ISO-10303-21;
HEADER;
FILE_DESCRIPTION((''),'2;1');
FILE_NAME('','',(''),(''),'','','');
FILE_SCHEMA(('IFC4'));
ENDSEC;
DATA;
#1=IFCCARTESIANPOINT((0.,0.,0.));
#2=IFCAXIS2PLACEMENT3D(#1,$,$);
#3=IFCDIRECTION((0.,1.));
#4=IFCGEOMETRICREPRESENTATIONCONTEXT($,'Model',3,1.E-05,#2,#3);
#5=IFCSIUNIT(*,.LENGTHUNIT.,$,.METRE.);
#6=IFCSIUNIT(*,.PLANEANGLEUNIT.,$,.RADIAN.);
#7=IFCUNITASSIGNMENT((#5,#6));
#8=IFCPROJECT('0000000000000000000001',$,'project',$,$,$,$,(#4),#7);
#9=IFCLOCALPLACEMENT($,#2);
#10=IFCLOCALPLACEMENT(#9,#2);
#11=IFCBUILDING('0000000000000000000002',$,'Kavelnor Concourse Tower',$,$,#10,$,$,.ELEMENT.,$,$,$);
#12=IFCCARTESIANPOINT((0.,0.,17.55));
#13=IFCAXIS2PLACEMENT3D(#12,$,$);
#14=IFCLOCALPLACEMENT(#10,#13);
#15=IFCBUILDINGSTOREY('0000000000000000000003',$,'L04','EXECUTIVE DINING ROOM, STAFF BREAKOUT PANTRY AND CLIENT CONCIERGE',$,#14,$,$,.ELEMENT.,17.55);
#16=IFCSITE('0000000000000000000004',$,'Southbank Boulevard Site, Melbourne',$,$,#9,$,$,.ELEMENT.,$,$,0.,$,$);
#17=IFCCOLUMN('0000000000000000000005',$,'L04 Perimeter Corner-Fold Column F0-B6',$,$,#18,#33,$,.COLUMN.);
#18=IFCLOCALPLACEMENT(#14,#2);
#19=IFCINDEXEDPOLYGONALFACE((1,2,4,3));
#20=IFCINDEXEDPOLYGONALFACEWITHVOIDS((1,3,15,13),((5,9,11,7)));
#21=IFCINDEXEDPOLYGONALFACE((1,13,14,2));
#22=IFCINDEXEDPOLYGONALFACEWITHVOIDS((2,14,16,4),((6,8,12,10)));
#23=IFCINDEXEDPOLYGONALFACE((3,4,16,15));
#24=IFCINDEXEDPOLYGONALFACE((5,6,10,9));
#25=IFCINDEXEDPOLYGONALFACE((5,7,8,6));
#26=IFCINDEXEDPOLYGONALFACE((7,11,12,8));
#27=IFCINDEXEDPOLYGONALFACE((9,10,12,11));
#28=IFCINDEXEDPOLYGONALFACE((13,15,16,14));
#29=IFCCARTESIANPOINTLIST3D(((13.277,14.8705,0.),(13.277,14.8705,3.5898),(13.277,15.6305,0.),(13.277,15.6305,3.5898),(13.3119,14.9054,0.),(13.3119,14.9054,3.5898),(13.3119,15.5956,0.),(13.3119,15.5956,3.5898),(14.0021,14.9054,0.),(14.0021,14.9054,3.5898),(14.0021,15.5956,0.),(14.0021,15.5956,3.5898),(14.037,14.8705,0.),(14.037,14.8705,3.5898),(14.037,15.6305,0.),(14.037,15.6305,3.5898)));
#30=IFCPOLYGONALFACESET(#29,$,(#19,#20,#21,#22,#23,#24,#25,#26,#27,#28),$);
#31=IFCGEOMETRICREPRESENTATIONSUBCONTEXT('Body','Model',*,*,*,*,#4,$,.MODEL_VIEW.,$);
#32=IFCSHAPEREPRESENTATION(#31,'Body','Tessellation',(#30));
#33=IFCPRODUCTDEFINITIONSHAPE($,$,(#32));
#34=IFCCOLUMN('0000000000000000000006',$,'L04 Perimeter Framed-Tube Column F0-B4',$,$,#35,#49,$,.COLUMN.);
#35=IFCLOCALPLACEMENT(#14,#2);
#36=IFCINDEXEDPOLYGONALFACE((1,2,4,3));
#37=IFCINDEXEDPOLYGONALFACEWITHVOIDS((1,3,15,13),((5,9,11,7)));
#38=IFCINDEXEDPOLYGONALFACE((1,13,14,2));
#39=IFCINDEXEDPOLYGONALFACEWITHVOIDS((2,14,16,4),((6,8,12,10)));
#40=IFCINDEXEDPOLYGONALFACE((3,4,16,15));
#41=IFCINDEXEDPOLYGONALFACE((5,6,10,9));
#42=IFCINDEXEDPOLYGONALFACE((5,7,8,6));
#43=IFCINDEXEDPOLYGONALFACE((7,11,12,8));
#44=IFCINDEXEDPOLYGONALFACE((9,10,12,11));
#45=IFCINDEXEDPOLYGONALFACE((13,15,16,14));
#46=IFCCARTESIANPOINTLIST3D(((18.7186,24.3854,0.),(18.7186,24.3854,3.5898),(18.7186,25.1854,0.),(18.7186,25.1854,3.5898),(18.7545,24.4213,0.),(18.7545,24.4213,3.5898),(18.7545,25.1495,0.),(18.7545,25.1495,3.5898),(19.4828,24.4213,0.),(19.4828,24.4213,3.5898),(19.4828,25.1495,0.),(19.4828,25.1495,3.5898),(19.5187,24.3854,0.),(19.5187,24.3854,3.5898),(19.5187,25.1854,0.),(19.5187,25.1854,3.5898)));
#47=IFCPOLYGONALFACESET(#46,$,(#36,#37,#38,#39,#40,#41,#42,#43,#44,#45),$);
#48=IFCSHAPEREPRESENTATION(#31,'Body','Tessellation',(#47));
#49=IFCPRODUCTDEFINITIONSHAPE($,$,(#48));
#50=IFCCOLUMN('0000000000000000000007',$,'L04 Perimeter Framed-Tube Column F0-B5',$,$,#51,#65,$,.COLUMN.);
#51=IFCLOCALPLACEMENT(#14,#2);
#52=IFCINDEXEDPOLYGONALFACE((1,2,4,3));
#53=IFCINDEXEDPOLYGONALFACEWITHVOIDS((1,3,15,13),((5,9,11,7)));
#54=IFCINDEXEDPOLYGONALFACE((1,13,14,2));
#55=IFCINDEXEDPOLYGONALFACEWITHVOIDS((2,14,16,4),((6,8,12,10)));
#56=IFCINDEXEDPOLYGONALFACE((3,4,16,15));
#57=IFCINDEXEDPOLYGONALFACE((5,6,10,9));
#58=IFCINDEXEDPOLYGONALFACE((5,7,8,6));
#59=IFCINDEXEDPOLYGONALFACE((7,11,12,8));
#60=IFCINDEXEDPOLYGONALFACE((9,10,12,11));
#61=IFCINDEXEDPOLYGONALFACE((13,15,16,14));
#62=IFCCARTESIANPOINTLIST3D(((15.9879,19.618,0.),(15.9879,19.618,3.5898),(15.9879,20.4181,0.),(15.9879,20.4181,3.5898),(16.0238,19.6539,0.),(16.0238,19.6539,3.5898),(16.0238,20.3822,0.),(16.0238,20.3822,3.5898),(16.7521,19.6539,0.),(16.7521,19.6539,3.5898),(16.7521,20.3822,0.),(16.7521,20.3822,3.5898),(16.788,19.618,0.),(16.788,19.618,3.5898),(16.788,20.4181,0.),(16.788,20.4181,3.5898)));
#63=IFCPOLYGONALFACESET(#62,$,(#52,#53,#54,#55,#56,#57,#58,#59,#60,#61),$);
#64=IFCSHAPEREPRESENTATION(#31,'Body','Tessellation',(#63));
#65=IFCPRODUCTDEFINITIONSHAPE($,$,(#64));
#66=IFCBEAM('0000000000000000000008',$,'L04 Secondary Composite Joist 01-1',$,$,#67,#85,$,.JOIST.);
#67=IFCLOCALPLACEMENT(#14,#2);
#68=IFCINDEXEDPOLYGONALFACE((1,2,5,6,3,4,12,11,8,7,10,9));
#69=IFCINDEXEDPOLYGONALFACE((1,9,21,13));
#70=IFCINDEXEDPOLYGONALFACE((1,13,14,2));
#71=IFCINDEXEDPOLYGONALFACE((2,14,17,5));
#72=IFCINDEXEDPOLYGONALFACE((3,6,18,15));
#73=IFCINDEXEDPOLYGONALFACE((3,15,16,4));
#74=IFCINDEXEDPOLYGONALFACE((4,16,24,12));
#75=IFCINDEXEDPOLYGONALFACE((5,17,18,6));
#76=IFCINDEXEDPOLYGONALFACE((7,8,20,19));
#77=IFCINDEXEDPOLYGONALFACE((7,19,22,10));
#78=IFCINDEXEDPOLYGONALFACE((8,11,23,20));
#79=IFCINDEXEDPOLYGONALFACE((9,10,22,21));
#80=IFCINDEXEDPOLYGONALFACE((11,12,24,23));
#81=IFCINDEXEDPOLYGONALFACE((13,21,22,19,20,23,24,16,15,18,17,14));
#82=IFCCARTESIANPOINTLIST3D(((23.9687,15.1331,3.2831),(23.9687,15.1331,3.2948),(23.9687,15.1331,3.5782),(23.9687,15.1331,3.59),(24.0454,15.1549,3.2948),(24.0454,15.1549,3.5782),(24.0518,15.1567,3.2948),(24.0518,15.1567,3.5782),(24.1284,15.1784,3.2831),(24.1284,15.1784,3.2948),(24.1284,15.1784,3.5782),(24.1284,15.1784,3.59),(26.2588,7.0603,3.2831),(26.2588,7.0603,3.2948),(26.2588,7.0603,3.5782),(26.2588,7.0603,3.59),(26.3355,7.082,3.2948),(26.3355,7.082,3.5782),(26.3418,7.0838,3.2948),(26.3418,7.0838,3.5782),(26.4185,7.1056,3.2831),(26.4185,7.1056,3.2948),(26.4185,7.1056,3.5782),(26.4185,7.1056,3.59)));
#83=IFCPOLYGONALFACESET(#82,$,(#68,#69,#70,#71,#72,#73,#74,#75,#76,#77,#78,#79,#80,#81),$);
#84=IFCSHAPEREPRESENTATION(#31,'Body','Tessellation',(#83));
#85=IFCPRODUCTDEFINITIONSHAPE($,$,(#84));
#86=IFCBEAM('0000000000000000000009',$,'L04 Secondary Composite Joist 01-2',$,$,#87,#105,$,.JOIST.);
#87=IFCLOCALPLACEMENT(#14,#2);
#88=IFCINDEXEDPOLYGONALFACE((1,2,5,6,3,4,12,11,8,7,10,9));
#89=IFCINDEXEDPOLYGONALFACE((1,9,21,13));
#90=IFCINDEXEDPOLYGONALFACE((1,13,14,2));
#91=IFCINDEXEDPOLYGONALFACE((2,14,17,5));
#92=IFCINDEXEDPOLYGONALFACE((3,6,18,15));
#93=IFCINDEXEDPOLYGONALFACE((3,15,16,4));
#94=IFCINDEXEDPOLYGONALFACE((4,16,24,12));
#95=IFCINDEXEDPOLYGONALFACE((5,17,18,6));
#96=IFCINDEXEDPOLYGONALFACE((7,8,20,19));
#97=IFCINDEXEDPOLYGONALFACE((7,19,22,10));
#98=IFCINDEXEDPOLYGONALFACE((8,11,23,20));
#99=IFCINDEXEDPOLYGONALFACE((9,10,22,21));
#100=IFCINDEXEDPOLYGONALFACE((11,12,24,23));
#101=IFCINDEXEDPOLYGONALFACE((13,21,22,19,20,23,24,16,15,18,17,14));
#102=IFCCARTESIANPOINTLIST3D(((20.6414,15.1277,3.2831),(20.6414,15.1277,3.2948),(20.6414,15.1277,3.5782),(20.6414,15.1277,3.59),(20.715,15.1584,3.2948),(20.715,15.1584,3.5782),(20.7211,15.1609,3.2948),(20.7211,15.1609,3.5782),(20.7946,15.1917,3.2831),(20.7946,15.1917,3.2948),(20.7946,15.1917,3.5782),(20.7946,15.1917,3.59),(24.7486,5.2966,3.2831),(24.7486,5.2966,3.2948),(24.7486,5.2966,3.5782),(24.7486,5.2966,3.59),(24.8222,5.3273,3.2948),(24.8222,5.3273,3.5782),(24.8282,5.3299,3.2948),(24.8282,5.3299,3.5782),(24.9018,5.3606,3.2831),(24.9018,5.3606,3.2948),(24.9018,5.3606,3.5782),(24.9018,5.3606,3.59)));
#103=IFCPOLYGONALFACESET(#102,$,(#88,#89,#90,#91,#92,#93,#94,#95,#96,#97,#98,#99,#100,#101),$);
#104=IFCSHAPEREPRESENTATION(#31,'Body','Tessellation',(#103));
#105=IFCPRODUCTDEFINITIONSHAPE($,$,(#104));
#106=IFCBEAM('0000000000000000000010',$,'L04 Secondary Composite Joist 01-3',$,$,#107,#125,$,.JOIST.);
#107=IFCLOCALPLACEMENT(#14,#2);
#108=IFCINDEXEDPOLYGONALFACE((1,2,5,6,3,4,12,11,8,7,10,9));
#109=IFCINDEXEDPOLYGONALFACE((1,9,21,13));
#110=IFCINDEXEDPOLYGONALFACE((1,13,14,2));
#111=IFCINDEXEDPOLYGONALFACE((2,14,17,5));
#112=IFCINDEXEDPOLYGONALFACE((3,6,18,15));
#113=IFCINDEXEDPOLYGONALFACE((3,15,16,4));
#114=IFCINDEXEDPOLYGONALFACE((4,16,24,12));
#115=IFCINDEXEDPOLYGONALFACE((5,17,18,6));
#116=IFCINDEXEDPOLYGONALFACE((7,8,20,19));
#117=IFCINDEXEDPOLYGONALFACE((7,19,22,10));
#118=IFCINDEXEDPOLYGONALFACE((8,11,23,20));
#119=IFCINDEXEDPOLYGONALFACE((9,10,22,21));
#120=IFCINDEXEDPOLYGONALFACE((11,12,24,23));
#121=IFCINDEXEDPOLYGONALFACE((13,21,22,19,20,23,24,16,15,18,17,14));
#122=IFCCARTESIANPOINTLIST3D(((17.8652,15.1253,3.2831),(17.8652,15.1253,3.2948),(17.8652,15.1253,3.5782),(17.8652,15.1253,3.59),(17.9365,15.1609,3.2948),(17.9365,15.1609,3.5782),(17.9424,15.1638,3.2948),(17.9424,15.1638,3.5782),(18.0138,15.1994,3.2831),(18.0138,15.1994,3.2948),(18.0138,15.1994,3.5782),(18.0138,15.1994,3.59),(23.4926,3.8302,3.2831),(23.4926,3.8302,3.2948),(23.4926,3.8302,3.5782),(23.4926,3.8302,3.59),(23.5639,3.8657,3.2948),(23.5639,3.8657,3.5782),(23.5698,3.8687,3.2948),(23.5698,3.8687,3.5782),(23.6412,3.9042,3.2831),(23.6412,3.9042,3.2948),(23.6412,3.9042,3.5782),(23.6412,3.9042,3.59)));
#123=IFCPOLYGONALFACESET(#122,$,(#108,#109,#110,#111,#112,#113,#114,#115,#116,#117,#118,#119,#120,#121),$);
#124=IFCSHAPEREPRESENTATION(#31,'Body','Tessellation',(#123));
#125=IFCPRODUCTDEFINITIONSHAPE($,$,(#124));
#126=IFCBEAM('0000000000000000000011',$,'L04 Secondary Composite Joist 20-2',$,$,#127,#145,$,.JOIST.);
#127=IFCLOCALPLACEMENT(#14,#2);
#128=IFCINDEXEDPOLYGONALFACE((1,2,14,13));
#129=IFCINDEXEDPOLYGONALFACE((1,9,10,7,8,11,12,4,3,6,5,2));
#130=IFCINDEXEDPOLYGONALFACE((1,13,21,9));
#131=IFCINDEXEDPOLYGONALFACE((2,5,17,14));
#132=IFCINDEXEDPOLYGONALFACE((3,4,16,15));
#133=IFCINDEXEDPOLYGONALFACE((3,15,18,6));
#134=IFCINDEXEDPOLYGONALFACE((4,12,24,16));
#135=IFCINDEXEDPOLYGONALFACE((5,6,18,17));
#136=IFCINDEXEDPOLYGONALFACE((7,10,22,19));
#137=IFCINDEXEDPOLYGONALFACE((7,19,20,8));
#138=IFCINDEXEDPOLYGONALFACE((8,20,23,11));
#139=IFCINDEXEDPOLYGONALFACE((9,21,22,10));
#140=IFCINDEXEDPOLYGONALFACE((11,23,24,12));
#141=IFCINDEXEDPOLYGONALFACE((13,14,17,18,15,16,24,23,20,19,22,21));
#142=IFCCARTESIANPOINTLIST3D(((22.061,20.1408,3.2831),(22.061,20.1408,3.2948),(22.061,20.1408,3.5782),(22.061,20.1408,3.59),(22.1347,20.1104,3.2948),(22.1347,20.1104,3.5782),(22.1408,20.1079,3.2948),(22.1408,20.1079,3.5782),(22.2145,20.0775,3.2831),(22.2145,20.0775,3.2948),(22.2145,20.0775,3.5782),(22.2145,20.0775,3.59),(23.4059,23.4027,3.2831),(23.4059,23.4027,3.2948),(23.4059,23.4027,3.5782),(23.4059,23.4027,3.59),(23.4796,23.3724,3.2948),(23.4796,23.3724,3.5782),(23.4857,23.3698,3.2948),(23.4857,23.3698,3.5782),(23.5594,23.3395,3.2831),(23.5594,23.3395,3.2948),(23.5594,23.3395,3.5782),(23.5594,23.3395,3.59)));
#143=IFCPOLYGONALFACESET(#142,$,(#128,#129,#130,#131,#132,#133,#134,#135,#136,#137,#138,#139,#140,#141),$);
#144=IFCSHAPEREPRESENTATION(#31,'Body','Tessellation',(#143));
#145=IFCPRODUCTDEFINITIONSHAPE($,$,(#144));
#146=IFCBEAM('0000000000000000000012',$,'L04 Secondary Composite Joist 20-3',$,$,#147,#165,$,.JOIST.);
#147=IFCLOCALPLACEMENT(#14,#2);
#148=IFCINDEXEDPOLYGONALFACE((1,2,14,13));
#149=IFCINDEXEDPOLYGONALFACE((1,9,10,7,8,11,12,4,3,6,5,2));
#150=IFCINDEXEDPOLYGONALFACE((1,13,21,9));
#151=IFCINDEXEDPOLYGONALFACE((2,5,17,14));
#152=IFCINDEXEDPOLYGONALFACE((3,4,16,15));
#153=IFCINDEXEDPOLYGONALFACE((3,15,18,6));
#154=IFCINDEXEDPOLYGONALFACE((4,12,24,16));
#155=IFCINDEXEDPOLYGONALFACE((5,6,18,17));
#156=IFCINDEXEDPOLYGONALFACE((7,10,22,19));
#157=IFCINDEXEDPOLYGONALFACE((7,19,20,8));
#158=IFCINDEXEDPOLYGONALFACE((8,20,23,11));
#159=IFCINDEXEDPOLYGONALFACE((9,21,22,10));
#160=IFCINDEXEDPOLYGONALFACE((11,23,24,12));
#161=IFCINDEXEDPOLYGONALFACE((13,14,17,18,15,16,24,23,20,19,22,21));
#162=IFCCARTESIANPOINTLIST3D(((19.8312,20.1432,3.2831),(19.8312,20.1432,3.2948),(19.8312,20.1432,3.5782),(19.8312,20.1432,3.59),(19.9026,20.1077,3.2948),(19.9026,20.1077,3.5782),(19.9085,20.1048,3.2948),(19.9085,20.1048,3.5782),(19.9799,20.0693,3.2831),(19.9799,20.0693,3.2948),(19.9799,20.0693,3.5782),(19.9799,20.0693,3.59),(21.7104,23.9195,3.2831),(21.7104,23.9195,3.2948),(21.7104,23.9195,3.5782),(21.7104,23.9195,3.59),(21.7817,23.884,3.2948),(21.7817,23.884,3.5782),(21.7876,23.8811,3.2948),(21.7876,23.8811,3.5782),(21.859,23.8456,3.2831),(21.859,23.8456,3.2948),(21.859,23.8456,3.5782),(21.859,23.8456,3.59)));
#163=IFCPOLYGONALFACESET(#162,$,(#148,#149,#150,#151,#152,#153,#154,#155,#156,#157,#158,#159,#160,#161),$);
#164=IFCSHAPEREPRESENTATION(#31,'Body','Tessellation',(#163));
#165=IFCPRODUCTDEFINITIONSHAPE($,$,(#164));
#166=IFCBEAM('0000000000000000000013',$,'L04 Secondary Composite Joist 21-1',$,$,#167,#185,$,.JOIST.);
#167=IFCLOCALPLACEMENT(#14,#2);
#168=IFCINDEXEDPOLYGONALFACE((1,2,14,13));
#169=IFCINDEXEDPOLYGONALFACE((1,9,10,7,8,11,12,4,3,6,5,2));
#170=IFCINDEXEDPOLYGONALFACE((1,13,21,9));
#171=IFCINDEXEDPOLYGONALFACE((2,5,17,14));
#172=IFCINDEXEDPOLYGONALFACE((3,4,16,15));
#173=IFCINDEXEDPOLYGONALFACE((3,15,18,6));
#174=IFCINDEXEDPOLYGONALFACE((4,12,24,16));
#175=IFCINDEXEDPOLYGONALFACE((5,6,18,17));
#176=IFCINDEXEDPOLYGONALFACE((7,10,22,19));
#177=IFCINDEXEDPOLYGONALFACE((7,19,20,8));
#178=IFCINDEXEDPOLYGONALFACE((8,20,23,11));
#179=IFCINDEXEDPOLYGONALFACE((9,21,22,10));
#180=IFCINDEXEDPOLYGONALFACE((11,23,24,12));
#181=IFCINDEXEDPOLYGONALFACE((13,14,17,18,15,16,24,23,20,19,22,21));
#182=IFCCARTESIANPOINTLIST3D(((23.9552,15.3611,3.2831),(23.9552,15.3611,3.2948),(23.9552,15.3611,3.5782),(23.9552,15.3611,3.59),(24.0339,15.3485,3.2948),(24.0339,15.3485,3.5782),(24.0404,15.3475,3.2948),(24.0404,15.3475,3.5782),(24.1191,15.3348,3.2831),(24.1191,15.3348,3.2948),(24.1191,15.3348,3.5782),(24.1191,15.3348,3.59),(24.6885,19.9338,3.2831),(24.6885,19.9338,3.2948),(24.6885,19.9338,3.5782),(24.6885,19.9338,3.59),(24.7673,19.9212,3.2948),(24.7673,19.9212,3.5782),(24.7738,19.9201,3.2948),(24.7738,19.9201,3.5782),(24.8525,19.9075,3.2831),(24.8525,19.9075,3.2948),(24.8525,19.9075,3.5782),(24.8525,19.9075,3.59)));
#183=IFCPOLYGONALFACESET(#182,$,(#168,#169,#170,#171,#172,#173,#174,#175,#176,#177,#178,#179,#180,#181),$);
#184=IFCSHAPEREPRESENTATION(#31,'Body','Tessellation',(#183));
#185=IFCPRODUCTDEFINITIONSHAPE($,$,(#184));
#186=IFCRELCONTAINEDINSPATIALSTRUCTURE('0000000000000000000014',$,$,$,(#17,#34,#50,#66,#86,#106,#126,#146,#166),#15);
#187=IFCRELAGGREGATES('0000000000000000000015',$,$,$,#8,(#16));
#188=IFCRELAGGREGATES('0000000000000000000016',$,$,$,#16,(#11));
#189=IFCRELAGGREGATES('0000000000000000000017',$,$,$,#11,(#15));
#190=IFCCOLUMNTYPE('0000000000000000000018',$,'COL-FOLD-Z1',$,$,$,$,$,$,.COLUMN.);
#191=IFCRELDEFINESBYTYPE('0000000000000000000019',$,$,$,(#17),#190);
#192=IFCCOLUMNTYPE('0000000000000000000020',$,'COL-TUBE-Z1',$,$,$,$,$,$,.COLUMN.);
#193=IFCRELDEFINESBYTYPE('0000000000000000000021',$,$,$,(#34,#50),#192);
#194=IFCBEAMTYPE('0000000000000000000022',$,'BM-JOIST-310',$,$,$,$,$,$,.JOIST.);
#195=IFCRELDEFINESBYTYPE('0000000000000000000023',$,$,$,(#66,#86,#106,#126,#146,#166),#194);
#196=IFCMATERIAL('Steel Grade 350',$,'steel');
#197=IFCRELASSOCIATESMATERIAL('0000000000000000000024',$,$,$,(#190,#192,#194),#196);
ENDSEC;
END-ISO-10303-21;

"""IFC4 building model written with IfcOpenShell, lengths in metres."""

from ifc_helpers import new_model, si_unit, direction, frame, origin, origin_2d, place, context, subcontext, project, spatial, hollow_rectangle, i_section, extrude, material, material_profile, profile_set, type_object, element, save


model = new_model("IFC4")

# Units and contexts
model_context = context("Model", 3, precision=1e-05, world=origin(), true_north=direction((0.0, 1.0)))
body_context = subcontext(model_context, "Body", "Model", "MODEL_VIEW")
ifc_project = project(units=[si_unit("LENGTHUNIT", "METRE"), si_unit("PLANEANGLEUNIT", "RADIAN")], contexts=[model_context])

# Site, building, storey
site_placement = place(None, origin())
site = spatial("IfcSite", under=ifc_project, at=site_placement, Name="Southbank Boulevard Site, Melbourne", CompositionType="ELEMENT", RefElevation=0.0)
building_placement = place(site_placement, origin())
building = spatial("IfcBuilding", under=site, at=building_placement, Name="Kavelnor Concourse Tower", CompositionType="ELEMENT")
storey_placement = place(building_placement, frame((0.0, 0.0, 17.55)))
storey = spatial("IfcBuildingStorey", under=building, at=storey_placement, Name="L04", Description="EXECUTIVE DINING ROOM, STAFF BREAKOUT PANTRY AND CLIENT CONCIERGE", CompositionType="ELEMENT", Elevation=17.55)

# Columns
ifc_material_1 = material(Name="Steel Grade 350", Category="steel")
ifc_material_profile_1 = material_profile(ifc_material_1, hollow_rectangle(XDim=0.76, YDim=0.76, WallThickness=0.0349, at=origin_2d()), Name="SHS 760x760x35")
ifc_profile_set_1 = profile_set([ifc_material_profile_1], Name="Steel Grade 350")
column_type_1 = type_object("IfcColumnType", Name="COL-FOLD-Z1", PredefinedType="COLUMN", material=ifc_profile_set_1)
column_placement = place(storey_placement, frame((13.657, 15.2505, 0.0), z_axis=(0.0, 0.0, 1.0), x_axis=(1.0, 0.0, 0.0)))
element("IfcColumn", 1, at=column_placement, inside=storey, type_object=column_type_1, Name="L04 Perimeter Corner-Fold Column F0-B6", PredefinedType="COLUMN", context=body_context, shape_type="SweptSolid", body=[
    extrude(hollow_rectangle(XDim=0.76, YDim=0.76, WallThickness=0.0349, at=origin_2d()), origin(), (0.0, 0.0, 1.0), 3.5898),
])
ifc_material_profile_2 = material_profile(ifc_material_1, hollow_rectangle(XDim=0.8, YDim=0.8, WallThickness=0.0359, at=origin_2d()), Name="SHS 800x800x36")
ifc_profile_set_2 = profile_set([ifc_material_profile_2], Name="Steel Grade 350")
column_type_2 = type_object("IfcColumnType", Name="COL-TUBE-Z1", PredefinedType="COLUMN", material=ifc_profile_set_2)
for number, where, z_axis, x_axis, name in (
    (2, (19.1187, 24.7854, 0.0), (0.0, 0.0, 1.0), (1.0, 0.0, 0.0), "L04 Perimeter Framed-Tube Column F0-B4"),
    (3, (16.3879, 20.0181, 0.0), (0.0, 0.0, 1.0), (1.0, 0.0, 0.0), "L04 Perimeter Framed-Tube Column F0-B5"),
):
    element("IfcColumn", number, at=place(storey_placement, frame(where, z_axis=z_axis, x_axis=x_axis)), inside=storey, type_object=column_type_2, Name=name, PredefinedType="COLUMN", context=body_context, shape_type="SweptSolid", body=[
        extrude(hollow_rectangle(XDim=0.8, YDim=0.8, WallThickness=0.0359, at=origin_2d()), origin(), (0.0, 0.0, 1.0), 3.5898),
    ])

# Beams
ifc_material_profile_3 = material_profile(ifc_material_1, i_section(OverallWidth=0.166, OverallDepth=0.3069, WebThickness=0.0066, FlangeThickness=0.0117, at=origin_2d()), Name="310UB46")
ifc_profile_set_3 = profile_set([ifc_material_profile_3], Name="Steel Grade 350")
beam_type_1 = type_object("IfcBeamType", Name="BM-JOIST-310", PredefinedType="JOIST", material=ifc_profile_set_3)
beam_1_placement = place(storey_placement, frame((24.0486, 15.1558, 3.4365), z_axis=(0.272907, -0.96204, 0.0), x_axis=(0.96204, 0.272907, 0.0)))
element("IfcBeam", 4, at=beam_1_placement, inside=storey, type_object=beam_type_1, Name="L04 Secondary Composite Joist 01-1", PredefinedType="JOIST", context=body_context, shape_type="SweptSolid", body=[
    extrude(i_section(OverallWidth=0.166, OverallDepth=0.3069, WebThickness=0.0066, FlangeThickness=0.0117, at=origin_2d()), origin(), (0.0, 0.0, 1.0), 8.3914),
])
beam_2_placement = place(storey_placement, frame((20.718, 15.1597, 3.4365), z_axis=(0.385487, -0.922713, 0.0), x_axis=(0.922713, 0.385487, 0.0)))
element("IfcBeam", 5, at=beam_2_placement, inside=storey, type_object=beam_type_1, Name="L04 Secondary Composite Joist 01-2", PredefinedType="JOIST", context=body_context, shape_type="SweptSolid", body=[
    extrude(i_section(OverallWidth=0.166, OverallDepth=0.3069, WebThickness=0.0066, FlangeThickness=0.0117, at=origin_2d()), origin(), (0.0, 0.0, 1.0), 10.6545),
])
beam_3_placement = place(storey_placement, frame((17.9395, 15.1624, 3.4365), z_axis=(0.445936, -0.895065, 0.0), x_axis=(0.895065, 0.445936, 0.0)))
element("IfcBeam", 6, at=beam_3_placement, inside=storey, type_object=beam_type_1, Name="L04 Secondary Composite Joist 01-3", PredefinedType="JOIST", context=body_context, shape_type="SweptSolid", body=[
    extrude(i_section(OverallWidth=0.166, OverallDepth=0.3069, WebThickness=0.0066, FlangeThickness=0.0117, at=origin_2d()), origin(), (0.0, 0.0, 1.0), 12.6194),
])
beam_4_placement = place(storey_placement, frame((23.4827, 23.3711, 3.4365), z_axis=(-0.381188, -0.924497, 0.0), x_axis=(0.924497, -0.381188, 0.0)))
element("IfcBeam", 7, at=beam_4_placement, inside=storey, type_object=beam_type_1, Name="L04 Secondary Composite Joist 20-2", PredefinedType="JOIST", context=body_context, shape_type="SweptSolid", body=[
    extrude(i_section(OverallWidth=0.166, OverallDepth=0.3069, WebThickness=0.0066, FlangeThickness=0.0117, at=origin_2d()), origin(), (0.0, 0.0, 1.0), 3.5283),
])
beam_5_placement = place(storey_placement, frame((21.7847, 23.8826, 3.4365), z_axis=(-0.4455, -0.895282, 0.0), x_axis=(0.895282, -0.4455, 0.0)))
element("IfcBeam", 8, at=beam_5_placement, inside=storey, type_object=beam_type_1, Name="L04 Secondary Composite Joist 20-3", PredefinedType="JOIST", context=body_context, shape_type="SweptSolid", body=[
    extrude(i_section(OverallWidth=0.166, OverallDepth=0.3069, WebThickness=0.0066, FlangeThickness=0.0117, at=origin_2d()), origin(), (0.0, 0.0, 1.0), 4.218),
])
beam_6_placement = place(storey_placement, frame((24.7705, 19.9207, 3.4365), z_axis=(-0.158361, -0.987381, 0.0), x_axis=(0.987381, -0.158361, 0.0)))
element("IfcBeam", 9, at=beam_6_placement, inside=storey, type_object=beam_type_1, Name="L04 Secondary Composite Joist 21-1", PredefinedType="JOIST", context=body_context, shape_type="SweptSolid", body=[
    extrude(i_section(OverallWidth=0.166, OverallDepth=0.3069, WebThickness=0.0066, FlangeThickness=0.0117, at=origin_2d()), origin(), (0.0, 0.0, 1.0), 4.6311),
])

save(model, "model.ifc")
